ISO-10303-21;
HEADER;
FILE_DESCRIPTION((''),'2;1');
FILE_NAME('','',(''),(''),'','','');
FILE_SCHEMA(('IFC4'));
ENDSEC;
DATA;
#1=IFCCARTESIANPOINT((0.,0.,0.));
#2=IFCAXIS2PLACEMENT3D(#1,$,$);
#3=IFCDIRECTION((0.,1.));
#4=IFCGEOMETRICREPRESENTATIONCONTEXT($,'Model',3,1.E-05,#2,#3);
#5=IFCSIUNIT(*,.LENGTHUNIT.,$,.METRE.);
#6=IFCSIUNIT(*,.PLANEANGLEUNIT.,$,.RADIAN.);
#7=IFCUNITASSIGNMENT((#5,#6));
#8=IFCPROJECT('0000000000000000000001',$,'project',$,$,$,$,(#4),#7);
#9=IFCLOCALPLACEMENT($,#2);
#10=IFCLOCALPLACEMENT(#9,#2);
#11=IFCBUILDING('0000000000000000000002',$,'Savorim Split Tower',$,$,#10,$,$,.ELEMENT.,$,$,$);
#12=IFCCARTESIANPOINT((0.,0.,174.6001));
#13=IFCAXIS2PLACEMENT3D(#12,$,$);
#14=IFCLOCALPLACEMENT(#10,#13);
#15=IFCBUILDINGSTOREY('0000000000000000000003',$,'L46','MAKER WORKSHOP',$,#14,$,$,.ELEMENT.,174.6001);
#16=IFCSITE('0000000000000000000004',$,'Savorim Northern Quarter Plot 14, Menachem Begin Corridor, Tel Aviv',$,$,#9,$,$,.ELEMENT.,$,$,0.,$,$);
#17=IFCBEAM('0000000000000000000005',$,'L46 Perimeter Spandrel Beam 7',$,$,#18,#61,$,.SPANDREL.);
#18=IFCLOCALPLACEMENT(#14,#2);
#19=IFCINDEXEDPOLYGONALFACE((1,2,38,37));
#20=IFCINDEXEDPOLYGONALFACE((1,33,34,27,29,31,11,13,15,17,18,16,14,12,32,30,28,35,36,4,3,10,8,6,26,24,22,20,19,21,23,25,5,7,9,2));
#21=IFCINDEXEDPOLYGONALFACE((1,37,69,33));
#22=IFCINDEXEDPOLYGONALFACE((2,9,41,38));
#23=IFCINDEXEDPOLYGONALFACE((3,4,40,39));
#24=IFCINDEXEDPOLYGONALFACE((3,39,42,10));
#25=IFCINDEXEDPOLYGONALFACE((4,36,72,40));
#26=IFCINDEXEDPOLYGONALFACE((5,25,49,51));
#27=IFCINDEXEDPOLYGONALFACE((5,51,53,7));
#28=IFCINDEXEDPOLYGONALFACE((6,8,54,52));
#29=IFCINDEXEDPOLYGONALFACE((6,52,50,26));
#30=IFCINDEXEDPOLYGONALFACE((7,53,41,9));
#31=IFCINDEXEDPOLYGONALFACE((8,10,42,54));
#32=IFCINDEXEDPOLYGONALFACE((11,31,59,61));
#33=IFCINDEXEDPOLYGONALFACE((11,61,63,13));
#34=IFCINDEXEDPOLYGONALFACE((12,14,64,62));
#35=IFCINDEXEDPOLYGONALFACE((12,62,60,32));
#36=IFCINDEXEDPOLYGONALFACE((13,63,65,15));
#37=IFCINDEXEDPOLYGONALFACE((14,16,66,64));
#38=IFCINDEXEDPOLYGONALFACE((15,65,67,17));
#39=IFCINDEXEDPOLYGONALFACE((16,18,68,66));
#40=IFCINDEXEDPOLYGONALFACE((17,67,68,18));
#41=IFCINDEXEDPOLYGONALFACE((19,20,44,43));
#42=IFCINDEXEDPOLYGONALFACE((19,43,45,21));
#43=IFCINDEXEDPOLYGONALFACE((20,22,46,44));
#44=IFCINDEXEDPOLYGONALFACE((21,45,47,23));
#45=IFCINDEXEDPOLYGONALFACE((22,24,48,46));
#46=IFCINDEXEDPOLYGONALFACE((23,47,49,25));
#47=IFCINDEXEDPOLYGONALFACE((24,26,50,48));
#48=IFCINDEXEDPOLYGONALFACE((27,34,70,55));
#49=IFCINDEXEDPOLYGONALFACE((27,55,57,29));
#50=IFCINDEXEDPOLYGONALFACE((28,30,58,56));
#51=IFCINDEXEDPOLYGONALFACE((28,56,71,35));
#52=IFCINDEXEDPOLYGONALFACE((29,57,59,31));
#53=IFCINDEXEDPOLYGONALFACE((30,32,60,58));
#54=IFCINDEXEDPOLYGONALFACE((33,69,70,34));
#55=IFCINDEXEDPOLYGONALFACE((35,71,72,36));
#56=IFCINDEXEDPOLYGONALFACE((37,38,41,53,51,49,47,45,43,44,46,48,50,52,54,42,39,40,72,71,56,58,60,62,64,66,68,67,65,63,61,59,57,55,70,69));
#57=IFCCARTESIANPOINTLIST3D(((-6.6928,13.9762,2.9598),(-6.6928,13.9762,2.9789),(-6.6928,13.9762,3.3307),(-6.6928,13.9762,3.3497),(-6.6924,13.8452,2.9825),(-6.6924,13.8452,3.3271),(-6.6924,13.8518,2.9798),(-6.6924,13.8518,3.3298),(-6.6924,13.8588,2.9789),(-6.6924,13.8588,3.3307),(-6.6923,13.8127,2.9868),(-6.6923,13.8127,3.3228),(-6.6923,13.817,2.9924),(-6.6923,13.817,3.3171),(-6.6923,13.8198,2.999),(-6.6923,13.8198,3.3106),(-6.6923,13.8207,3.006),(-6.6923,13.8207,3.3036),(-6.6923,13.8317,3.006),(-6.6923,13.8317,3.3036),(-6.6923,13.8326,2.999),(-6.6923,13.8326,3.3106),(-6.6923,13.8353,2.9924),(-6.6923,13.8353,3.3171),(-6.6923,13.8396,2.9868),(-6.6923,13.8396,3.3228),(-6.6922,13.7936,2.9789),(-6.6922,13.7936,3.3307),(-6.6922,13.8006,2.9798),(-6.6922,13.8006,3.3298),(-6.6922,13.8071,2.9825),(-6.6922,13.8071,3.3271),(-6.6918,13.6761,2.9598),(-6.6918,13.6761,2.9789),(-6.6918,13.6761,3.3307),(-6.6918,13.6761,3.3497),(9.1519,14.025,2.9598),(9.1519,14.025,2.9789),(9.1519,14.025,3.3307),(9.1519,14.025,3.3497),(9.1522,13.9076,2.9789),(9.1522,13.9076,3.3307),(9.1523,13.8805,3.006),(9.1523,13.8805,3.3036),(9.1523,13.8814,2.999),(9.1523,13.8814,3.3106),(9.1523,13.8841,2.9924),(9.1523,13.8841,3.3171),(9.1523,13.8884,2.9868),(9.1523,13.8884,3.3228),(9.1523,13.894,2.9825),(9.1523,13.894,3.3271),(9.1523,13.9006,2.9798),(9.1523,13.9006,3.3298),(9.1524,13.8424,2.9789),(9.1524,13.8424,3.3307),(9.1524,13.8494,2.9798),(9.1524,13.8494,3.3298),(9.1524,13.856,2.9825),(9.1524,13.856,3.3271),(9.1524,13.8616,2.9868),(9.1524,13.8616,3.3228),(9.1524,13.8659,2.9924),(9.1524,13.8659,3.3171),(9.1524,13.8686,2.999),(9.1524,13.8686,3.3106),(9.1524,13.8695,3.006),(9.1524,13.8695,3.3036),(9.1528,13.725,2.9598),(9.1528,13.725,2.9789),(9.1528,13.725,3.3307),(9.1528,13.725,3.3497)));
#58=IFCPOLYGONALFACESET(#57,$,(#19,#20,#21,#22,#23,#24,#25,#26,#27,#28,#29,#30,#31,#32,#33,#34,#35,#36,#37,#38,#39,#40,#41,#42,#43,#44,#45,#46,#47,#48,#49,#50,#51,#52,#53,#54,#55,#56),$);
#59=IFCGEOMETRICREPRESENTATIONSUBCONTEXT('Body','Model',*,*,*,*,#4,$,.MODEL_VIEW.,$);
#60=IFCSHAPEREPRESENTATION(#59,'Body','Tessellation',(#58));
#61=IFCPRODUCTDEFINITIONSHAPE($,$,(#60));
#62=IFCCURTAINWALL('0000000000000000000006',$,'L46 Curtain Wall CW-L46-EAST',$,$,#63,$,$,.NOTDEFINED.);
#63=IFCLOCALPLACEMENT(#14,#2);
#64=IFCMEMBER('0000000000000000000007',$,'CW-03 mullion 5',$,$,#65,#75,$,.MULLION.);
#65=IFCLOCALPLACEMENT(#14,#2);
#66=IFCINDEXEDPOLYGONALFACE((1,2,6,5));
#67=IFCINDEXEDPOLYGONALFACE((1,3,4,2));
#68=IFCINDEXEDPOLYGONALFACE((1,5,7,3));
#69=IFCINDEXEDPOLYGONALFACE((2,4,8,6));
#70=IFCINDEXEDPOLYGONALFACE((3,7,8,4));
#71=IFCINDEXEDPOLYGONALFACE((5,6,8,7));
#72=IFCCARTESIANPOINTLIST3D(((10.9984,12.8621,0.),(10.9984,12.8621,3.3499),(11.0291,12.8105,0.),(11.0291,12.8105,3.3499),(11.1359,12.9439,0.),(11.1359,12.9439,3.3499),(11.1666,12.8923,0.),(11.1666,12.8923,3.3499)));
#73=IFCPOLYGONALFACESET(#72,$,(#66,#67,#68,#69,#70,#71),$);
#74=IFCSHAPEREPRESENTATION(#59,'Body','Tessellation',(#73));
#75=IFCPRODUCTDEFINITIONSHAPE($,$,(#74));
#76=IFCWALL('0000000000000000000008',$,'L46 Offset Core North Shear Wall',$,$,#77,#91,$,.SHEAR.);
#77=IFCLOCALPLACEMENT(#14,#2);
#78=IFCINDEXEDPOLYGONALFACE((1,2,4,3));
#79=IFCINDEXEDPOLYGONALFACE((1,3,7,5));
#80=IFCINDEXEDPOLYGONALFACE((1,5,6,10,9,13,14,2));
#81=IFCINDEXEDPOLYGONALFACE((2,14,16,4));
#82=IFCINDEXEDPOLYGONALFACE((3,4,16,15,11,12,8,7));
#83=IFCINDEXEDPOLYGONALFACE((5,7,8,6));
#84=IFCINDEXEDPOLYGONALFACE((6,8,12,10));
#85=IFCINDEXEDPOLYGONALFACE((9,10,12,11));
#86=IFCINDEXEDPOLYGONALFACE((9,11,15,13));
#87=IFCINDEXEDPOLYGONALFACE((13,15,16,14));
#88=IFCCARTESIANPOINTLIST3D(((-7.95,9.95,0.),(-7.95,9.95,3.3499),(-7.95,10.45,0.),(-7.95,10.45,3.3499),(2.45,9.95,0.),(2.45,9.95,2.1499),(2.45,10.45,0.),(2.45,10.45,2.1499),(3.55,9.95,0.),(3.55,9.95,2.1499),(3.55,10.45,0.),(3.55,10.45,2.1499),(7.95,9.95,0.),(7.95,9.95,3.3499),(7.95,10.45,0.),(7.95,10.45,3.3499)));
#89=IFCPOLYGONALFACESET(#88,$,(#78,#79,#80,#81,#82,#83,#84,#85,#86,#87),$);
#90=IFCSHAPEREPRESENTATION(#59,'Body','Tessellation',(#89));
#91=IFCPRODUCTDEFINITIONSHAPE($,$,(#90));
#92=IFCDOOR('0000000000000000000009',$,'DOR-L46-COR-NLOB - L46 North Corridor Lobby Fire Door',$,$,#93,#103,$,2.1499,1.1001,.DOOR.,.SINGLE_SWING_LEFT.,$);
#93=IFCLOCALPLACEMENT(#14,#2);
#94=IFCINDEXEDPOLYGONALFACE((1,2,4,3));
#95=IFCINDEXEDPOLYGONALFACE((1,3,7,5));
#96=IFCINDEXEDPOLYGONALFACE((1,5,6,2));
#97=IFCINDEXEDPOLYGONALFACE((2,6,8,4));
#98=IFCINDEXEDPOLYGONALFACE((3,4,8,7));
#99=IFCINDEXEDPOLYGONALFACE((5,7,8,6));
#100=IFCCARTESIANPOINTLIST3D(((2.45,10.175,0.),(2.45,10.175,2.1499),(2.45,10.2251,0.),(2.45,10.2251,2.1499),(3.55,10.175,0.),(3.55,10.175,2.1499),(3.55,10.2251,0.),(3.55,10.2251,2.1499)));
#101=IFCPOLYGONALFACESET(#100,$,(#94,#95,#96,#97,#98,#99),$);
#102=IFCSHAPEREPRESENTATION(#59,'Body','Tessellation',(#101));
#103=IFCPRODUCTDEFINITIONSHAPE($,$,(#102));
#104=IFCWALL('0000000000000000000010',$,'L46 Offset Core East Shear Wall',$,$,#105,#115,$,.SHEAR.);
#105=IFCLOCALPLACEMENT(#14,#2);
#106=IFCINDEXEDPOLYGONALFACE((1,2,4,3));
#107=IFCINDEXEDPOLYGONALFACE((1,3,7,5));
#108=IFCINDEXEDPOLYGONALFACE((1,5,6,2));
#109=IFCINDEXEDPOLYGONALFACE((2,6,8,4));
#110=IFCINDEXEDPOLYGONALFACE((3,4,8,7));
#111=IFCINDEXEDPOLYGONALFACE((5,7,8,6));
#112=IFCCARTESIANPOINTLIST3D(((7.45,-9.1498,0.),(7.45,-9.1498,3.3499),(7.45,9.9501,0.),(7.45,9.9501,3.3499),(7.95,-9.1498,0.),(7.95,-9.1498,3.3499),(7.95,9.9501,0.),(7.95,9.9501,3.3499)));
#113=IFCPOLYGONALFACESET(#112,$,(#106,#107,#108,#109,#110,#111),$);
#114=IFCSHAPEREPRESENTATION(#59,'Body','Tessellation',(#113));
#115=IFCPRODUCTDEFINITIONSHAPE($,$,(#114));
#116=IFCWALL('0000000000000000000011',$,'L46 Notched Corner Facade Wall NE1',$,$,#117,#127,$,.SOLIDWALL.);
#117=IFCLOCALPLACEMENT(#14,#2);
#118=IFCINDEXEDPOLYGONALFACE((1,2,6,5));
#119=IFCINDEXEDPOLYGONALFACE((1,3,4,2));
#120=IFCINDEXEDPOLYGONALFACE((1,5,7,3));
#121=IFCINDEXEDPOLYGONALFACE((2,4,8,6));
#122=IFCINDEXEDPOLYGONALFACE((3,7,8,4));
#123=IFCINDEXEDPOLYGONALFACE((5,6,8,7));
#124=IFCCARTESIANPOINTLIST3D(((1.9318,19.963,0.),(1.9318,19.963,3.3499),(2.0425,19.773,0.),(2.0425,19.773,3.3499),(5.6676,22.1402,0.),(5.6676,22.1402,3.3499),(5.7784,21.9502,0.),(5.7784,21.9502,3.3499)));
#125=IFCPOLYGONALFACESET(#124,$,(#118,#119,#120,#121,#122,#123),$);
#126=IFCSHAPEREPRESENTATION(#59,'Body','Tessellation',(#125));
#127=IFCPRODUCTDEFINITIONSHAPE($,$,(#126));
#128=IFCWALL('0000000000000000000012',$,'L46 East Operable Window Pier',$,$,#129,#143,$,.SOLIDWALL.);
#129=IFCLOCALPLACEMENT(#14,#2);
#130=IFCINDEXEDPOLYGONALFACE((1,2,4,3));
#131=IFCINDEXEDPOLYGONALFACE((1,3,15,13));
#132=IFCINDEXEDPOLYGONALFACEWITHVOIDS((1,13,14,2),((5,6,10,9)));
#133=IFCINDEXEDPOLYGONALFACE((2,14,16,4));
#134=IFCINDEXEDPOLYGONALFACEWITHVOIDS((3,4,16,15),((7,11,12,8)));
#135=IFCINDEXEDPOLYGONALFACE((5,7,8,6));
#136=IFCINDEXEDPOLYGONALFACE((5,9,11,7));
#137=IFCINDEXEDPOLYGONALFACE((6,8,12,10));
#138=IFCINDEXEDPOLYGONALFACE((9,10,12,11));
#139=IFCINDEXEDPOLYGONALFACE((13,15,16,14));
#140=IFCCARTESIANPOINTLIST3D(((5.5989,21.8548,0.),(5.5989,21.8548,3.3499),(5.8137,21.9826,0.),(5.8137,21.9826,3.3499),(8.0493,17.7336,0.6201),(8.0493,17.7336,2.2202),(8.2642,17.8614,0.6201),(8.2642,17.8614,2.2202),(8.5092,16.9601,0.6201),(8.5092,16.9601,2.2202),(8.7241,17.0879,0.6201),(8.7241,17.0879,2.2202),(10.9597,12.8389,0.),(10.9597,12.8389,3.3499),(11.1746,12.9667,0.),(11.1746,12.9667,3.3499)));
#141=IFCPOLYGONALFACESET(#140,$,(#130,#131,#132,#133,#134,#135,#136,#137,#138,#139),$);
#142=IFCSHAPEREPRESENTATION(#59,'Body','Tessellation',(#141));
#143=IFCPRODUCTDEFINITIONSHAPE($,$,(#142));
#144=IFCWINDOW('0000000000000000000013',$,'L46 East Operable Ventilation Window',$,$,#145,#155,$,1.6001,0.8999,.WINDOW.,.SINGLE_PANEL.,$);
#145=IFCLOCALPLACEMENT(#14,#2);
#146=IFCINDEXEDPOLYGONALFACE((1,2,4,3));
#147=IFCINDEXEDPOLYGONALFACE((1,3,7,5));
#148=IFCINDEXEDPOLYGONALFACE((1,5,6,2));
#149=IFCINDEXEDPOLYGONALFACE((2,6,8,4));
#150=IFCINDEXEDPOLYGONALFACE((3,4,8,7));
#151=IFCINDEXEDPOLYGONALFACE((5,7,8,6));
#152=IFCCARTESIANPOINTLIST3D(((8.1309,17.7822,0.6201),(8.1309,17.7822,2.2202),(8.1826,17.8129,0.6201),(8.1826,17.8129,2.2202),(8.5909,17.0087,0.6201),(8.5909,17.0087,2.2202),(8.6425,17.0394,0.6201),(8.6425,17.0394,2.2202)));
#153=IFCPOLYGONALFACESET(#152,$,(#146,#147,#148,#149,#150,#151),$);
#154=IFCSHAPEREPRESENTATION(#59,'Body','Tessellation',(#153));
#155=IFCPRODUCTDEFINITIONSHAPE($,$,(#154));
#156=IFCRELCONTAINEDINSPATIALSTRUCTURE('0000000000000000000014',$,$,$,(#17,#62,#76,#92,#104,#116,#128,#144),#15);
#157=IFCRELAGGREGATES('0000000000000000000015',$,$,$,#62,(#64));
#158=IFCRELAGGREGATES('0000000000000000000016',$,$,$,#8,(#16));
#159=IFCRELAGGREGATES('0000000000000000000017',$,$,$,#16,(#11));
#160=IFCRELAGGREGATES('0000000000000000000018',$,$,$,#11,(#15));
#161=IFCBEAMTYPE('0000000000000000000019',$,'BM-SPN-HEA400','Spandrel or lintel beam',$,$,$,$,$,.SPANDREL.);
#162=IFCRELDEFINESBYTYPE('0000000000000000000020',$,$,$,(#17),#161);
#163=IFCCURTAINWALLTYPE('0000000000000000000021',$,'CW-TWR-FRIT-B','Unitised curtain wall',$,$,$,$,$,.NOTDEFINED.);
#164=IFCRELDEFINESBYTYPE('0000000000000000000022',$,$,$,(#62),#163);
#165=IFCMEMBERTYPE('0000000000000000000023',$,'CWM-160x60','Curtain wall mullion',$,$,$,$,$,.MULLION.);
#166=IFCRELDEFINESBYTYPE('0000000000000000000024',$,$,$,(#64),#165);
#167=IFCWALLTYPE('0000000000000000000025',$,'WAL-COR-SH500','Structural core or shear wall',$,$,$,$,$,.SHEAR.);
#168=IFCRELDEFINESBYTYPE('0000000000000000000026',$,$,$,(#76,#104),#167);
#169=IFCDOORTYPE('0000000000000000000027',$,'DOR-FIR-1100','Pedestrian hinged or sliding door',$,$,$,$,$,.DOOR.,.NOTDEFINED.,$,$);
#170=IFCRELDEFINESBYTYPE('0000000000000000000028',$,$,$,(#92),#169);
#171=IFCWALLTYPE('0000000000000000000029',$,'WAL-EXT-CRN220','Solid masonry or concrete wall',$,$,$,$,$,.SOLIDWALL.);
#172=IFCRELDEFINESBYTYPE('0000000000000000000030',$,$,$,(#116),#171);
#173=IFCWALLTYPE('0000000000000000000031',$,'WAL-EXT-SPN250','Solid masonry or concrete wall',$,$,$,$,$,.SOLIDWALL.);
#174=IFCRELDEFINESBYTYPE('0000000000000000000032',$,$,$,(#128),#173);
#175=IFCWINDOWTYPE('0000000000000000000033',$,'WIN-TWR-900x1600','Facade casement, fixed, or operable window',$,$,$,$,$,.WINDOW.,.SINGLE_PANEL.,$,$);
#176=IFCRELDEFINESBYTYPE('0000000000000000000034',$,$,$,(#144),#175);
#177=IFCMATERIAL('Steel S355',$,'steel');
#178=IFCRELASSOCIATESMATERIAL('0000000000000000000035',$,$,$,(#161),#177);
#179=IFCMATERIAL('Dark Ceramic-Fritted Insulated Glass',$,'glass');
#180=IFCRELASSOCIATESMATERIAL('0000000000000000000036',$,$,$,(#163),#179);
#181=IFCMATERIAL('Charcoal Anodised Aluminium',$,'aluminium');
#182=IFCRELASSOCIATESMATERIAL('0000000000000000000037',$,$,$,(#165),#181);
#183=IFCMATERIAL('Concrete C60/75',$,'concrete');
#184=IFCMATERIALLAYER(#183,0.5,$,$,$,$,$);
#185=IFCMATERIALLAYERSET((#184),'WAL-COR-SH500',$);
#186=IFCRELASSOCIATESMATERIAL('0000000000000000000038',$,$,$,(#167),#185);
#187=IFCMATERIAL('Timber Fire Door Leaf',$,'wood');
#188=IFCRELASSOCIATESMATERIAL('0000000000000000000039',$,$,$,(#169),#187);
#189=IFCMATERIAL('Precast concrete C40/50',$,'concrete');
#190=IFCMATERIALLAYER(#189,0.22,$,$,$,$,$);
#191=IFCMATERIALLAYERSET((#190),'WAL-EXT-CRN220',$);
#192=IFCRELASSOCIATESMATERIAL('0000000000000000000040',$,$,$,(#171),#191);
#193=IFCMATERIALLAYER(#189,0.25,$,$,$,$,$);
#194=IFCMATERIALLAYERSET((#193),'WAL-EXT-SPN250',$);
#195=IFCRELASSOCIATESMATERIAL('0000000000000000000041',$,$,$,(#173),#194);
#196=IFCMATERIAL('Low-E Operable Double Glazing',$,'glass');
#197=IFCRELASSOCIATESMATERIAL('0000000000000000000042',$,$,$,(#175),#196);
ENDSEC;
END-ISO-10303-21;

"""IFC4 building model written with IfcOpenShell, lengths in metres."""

from ifc_helpers import new_model, si_unit, direction, frame, frame_2d, origin, origin_2d, place, context, subcontext, project, spatial, rectangle, i_section, extrude, material, layer, layer_set, material_profile, profile_set, type_object, element, fill, aggregate, save


model = new_model("IFC4")

# Units and contexts
model_context = context("Model", 3, precision=1e-05, world=origin(), true_north=direction((0.0, 1.0)))
body_context = subcontext(model_context, "Body", "Model", "MODEL_VIEW")
ifc_project = project(units=[si_unit("LENGTHUNIT", "METRE"), si_unit("PLANEANGLEUNIT", "RADIAN")], contexts=[model_context])

# Site, building, storey
site_placement = place(None, origin())
site = spatial("IfcSite", under=ifc_project, at=site_placement, Name="Savorim Northern Quarter Plot 14, Menachem Begin Corridor, Tel Aviv", CompositionType="ELEMENT", RefElevation=0.0)
building_placement = place(site_placement, origin())
building = spatial("IfcBuilding", under=site, at=building_placement, Name="Savorim Split Tower", CompositionType="ELEMENT")
storey_placement = place(building_placement, frame((0.0, 0.0, 174.6001)))
storey = spatial("IfcBuildingStorey", under=building, at=storey_placement, Name="L46", Description="MAKER WORKSHOP", CompositionType="ELEMENT", Elevation=174.6001)

# Beam
ifc_material_1 = material(Name="Steel S355", Category="steel")
ifc_material_profile_1 = material_profile(ifc_material_1, i_section(OverallWidth=0.3, OverallDepth=0.3899, WebThickness=0.011, FlangeThickness=0.019, FilletRadius=0.0271, at=origin_2d()), Name="HEA 400")
ifc_profile_set_1 = profile_set([ifc_material_profile_1], Name="Steel S355")
beam_type_1 = type_object("IfcBeamType", Name="BM-SPN-HEA400", Description="Spandrel or lintel beam", PredefinedType="SPANDREL", material=ifc_profile_set_1)
beam_1_placement = place(storey_placement, frame((9.1523, 13.875, 3.1548), z_axis=(-0.999995, -0.003082, 0.0), x_axis=(0.003082, -0.999995, 0.0)))
element("IfcBeam", 1, at=beam_1_placement, inside=storey, type_object=beam_type_1, Name="L46 Perimeter Spandrel Beam 7", PredefinedType="SPANDREL", context=body_context, shape_type="SweptSolid", body=[
    extrude(i_section(OverallWidth=0.3, OverallDepth=0.3899, WebThickness=0.011, FlangeThickness=0.019, FilletRadius=0.0271, at=origin_2d()), origin(), (0.0, 0.0, 1.0), 15.8447),
])

# Curtain wall, member
ifc_material_2 = material(Name="Dark Ceramic-Fritted Insulated Glass", Category="glass")
curtain_wall_type = type_object("IfcCurtainWallType", Name="CW-TWR-FRIT-B", Description="Unitised curtain wall", PredefinedType="NOTDEFINED", material=ifc_material_2)
curtain_wall_placement = place(storey_placement, origin())
curtain_wall = element("IfcCurtainWall", 2, at=curtain_wall_placement, inside=storey, type_object=curtain_wall_type, Name="L46 Curtain Wall CW-L46-EAST", PredefinedType="NOTDEFINED")
ifc_material_3 = material(Name="Charcoal Anodised Aluminium", Category="aluminium")
ifc_material_profile_2 = material_profile(ifc_material_3, rectangle(XDim=0.1599, YDim=0.0601, at=origin_2d()), Name="ALU-M 160x60")
ifc_profile_set_2 = profile_set([ifc_material_profile_2], Name="Charcoal Anodised Aluminium")
member_type = type_object("IfcMemberType", Name="CWM-160x60", Description="Curtain wall mullion", PredefinedType="MULLION", material=ifc_profile_set_2)
member_placement = place(storey_placement, frame((11.0825, 12.8772, 0.0), z_axis=(0.0, 0.0, 1.0), x_axis=(-0.859525, -0.511094, 0.0)))
member = element("IfcMember", 3, at=member_placement, type_object=member_type, Name="CW-03 mullion 5", PredefinedType="MULLION", context=body_context, shape_type="SweptSolid", body=[
    extrude(rectangle(XDim=0.1599, YDim=0.0601, at=origin_2d()), origin(), (0.0, 0.0, 1.0), 3.3499),
])
aggregate(curtain_wall, [member])

# Wall, opening, door
ifc_material_4 = material(Name="Concrete C60/75", Category="concrete")
ifc_layer_1 = layer(ifc_material_4, 0.5)
ifc_layer_set_1 = layer_set([ifc_layer_1], Name="WAL-COR-SH500")
wall_type_1 = type_object("IfcWallType", Name="WAL-COR-SH500", Description="Structural core or shear wall", PredefinedType="SHEAR", material=ifc_layer_set_1)
wall_1_placement = place(storey_placement, frame((7.95, 10.2, 0.0), z_axis=(0.0, 0.0, 1.0), x_axis=(-1.0, 0.0, 0.0)))
wall_1 = element("IfcWall", 4, at=wall_1_placement, inside=storey, type_object=wall_type_1, Name="L46 Offset Core North Shear Wall", PredefinedType="SHEAR", context=body_context, shape_type="SweptSolid", body=[
    extrude(rectangle(XDim=15.8999, YDim=0.5, at=frame_2d((7.95, 0.0))), origin(), (0.0, 0.0, 1.0), 3.3499),
])
opening_1_placement = place(wall_1_placement, frame((4.3999, 0.0, 0.0)))
opening_1 = element("IfcOpeningElement", 5, at=opening_1_placement, cuts=wall_1, PredefinedType="OPENING", context=body_context, shape_type="SweptSolid", body=[
    extrude(rectangle(XDim=1.1001, YDim=2.1499, at=frame_2d((0.55, 1.075))), frame((0.0, 0.26, 0.0), z_axis=(0.0, -1.0, 0.0), x_axis=(1.0, 0.0, 0.0)), (0.0, 0.0, 1.0), 0.52),
])
ifc_material_5 = material(Name="Timber Fire Door Leaf", Category="wood")
door_type_1 = type_object("IfcDoorType", Name="DOR-FIR-1100", Description="Pedestrian hinged or sliding door", OperationType="NOTDEFINED", PredefinedType="DOOR", material=ifc_material_5)
door_1_placement = place(opening_1_placement, origin())
door_1 = element("IfcDoor", 6, at=door_1_placement, inside=storey, type_object=door_type_1, Name="DOR-L46-COR-NLOB - L46 North Corridor Lobby Fire Door", OperationType="SINGLE_SWING_LEFT", OverallHeight=2.1499, OverallWidth=1.1001, PredefinedType="DOOR", context=body_context, shape_type="SweptSolid", body=[
    extrude(rectangle(XDim=1.1001, YDim=2.1499, at=frame_2d((0.55, 1.075))), frame((0.0, 0.0249, 0.0), z_axis=(0.0, -1.0, 0.0), x_axis=(1.0, 0.0, 0.0)), (0.0, 0.0, 1.0), 0.05),
])
fill(opening_1, door_1)

# Walls
wall_2_placement = place(storey_placement, frame((7.7, 9.95, 0.0), z_axis=(0.0, 0.0, 1.0), x_axis=(0.0, -1.0, 0.0)))
element("IfcWall", 7, at=wall_2_placement, inside=storey, type_object=wall_type_1, Name="L46 Offset Core East Shear Wall", PredefinedType="SHEAR", context=body_context, shape_type="SweptSolid", body=[
    extrude(rectangle(XDim=19.0999, YDim=0.5, at=frame_2d((9.5498, 0.0))), origin(), (0.0, 0.0, 1.0), 3.3499),
])
ifc_material_6 = material(Name="Precast concrete C40/50", Category="concrete")
ifc_layer_2 = layer(ifc_material_6, 0.22)
ifc_layer_set_2 = layer_set([ifc_layer_2], Name="WAL-EXT-CRN220")
wall_type_2 = type_object("IfcWallType", Name="WAL-EXT-CRN220", Description="Solid masonry or concrete wall", PredefinedType="SOLIDWALL", material=ifc_layer_set_2)
wall_3_placement = place(storey_placement, frame((1.9871, 19.8679, 0.0), z_axis=(0.0, 0.0, 1.0), x_axis=(0.86398, 0.503527, 0.0)))
element("IfcWall", 8, at=wall_3_placement, inside=storey, type_object=wall_type_2, Name="L46 Notched Corner Facade Wall NE1", PredefinedType="SOLIDWALL", context=body_context, shape_type="SweptSolid", body=[
    extrude(rectangle(XDim=4.324, YDim=0.22, at=frame_2d((2.1621, 0.0))), origin(), (0.0, 0.0, 1.0), 3.3499),
])

# Wall, opening, window
ifc_layer_3 = layer(ifc_material_6, 0.25)
ifc_layer_set_3 = layer_set([ifc_layer_3], Name="WAL-EXT-SPN250")
wall_type_3 = type_object("IfcWallType", Name="WAL-EXT-SPN250", Description="Solid masonry or concrete wall", PredefinedType="SOLIDWALL", material=ifc_layer_set_3)
wall_4_placement = place(storey_placement, frame((5.7063, 21.9187, 0.0), z_axis=(0.0, 0.0, 1.0), x_axis=(0.511079, -0.859534, 0.0)))
wall_4 = element("IfcWall", 9, at=wall_4_placement, inside=storey, type_object=wall_type_3, Name="L46 East Operable Window Pier", PredefinedType="SOLIDWALL", context=body_context, shape_type="SweptSolid", body=[
    extrude(rectangle(XDim=10.4893, YDim=0.25, at=frame_2d((5.2446, 0.0))), origin(), (0.0, 0.0, 1.0), 3.3499),
])
opening_2_placement = place(wall_4_placement, frame((4.7947, 0.0, 0.6201)))
opening_2 = element("IfcOpeningElement", 10, at=opening_2_placement, cuts=wall_4, PredefinedType="OPENING", context=body_context, shape_type="SweptSolid", body=[
    extrude(rectangle(XDim=0.8999, YDim=1.6001, at=frame_2d((0.45, 0.8))), frame((0.0, 0.135, 0.0), z_axis=(0.0, -1.0, 0.0), x_axis=(1.0, 0.0, 0.0)), (0.0, 0.0, 1.0), 0.27),
])
ifc_material_7 = material(Name="Low-E Operable Double Glazing", Category="glass")
window_type = type_object("IfcWindowType", Name="WIN-TWR-900x1600", Description="Facade casement, fixed, or operable window", PartitioningType="SINGLE_PANEL", PredefinedType="WINDOW", material=ifc_material_7)
window_placement = place(opening_2_placement, origin())
window = element("IfcWindow", 11, at=window_placement, inside=storey, type_object=window_type, Name="L46 East Operable Ventilation Window", OverallHeight=1.6001, OverallWidth=0.8999, PartitioningType="SINGLE_PANEL", PredefinedType="WINDOW", context=body_context, shape_type="SweptSolid", body=[
    extrude(rectangle(XDim=0.8999, YDim=1.6001, at=frame_2d((0.45, 0.8))), frame((0.0, 0.03, 0.0), z_axis=(0.0, -1.0, 0.0), x_axis=(1.0, 0.0, 0.0)), (0.0, 0.0, 1.0), 0.0601),
])
fill(opening_2, window)

save(model, "model.ifc")
